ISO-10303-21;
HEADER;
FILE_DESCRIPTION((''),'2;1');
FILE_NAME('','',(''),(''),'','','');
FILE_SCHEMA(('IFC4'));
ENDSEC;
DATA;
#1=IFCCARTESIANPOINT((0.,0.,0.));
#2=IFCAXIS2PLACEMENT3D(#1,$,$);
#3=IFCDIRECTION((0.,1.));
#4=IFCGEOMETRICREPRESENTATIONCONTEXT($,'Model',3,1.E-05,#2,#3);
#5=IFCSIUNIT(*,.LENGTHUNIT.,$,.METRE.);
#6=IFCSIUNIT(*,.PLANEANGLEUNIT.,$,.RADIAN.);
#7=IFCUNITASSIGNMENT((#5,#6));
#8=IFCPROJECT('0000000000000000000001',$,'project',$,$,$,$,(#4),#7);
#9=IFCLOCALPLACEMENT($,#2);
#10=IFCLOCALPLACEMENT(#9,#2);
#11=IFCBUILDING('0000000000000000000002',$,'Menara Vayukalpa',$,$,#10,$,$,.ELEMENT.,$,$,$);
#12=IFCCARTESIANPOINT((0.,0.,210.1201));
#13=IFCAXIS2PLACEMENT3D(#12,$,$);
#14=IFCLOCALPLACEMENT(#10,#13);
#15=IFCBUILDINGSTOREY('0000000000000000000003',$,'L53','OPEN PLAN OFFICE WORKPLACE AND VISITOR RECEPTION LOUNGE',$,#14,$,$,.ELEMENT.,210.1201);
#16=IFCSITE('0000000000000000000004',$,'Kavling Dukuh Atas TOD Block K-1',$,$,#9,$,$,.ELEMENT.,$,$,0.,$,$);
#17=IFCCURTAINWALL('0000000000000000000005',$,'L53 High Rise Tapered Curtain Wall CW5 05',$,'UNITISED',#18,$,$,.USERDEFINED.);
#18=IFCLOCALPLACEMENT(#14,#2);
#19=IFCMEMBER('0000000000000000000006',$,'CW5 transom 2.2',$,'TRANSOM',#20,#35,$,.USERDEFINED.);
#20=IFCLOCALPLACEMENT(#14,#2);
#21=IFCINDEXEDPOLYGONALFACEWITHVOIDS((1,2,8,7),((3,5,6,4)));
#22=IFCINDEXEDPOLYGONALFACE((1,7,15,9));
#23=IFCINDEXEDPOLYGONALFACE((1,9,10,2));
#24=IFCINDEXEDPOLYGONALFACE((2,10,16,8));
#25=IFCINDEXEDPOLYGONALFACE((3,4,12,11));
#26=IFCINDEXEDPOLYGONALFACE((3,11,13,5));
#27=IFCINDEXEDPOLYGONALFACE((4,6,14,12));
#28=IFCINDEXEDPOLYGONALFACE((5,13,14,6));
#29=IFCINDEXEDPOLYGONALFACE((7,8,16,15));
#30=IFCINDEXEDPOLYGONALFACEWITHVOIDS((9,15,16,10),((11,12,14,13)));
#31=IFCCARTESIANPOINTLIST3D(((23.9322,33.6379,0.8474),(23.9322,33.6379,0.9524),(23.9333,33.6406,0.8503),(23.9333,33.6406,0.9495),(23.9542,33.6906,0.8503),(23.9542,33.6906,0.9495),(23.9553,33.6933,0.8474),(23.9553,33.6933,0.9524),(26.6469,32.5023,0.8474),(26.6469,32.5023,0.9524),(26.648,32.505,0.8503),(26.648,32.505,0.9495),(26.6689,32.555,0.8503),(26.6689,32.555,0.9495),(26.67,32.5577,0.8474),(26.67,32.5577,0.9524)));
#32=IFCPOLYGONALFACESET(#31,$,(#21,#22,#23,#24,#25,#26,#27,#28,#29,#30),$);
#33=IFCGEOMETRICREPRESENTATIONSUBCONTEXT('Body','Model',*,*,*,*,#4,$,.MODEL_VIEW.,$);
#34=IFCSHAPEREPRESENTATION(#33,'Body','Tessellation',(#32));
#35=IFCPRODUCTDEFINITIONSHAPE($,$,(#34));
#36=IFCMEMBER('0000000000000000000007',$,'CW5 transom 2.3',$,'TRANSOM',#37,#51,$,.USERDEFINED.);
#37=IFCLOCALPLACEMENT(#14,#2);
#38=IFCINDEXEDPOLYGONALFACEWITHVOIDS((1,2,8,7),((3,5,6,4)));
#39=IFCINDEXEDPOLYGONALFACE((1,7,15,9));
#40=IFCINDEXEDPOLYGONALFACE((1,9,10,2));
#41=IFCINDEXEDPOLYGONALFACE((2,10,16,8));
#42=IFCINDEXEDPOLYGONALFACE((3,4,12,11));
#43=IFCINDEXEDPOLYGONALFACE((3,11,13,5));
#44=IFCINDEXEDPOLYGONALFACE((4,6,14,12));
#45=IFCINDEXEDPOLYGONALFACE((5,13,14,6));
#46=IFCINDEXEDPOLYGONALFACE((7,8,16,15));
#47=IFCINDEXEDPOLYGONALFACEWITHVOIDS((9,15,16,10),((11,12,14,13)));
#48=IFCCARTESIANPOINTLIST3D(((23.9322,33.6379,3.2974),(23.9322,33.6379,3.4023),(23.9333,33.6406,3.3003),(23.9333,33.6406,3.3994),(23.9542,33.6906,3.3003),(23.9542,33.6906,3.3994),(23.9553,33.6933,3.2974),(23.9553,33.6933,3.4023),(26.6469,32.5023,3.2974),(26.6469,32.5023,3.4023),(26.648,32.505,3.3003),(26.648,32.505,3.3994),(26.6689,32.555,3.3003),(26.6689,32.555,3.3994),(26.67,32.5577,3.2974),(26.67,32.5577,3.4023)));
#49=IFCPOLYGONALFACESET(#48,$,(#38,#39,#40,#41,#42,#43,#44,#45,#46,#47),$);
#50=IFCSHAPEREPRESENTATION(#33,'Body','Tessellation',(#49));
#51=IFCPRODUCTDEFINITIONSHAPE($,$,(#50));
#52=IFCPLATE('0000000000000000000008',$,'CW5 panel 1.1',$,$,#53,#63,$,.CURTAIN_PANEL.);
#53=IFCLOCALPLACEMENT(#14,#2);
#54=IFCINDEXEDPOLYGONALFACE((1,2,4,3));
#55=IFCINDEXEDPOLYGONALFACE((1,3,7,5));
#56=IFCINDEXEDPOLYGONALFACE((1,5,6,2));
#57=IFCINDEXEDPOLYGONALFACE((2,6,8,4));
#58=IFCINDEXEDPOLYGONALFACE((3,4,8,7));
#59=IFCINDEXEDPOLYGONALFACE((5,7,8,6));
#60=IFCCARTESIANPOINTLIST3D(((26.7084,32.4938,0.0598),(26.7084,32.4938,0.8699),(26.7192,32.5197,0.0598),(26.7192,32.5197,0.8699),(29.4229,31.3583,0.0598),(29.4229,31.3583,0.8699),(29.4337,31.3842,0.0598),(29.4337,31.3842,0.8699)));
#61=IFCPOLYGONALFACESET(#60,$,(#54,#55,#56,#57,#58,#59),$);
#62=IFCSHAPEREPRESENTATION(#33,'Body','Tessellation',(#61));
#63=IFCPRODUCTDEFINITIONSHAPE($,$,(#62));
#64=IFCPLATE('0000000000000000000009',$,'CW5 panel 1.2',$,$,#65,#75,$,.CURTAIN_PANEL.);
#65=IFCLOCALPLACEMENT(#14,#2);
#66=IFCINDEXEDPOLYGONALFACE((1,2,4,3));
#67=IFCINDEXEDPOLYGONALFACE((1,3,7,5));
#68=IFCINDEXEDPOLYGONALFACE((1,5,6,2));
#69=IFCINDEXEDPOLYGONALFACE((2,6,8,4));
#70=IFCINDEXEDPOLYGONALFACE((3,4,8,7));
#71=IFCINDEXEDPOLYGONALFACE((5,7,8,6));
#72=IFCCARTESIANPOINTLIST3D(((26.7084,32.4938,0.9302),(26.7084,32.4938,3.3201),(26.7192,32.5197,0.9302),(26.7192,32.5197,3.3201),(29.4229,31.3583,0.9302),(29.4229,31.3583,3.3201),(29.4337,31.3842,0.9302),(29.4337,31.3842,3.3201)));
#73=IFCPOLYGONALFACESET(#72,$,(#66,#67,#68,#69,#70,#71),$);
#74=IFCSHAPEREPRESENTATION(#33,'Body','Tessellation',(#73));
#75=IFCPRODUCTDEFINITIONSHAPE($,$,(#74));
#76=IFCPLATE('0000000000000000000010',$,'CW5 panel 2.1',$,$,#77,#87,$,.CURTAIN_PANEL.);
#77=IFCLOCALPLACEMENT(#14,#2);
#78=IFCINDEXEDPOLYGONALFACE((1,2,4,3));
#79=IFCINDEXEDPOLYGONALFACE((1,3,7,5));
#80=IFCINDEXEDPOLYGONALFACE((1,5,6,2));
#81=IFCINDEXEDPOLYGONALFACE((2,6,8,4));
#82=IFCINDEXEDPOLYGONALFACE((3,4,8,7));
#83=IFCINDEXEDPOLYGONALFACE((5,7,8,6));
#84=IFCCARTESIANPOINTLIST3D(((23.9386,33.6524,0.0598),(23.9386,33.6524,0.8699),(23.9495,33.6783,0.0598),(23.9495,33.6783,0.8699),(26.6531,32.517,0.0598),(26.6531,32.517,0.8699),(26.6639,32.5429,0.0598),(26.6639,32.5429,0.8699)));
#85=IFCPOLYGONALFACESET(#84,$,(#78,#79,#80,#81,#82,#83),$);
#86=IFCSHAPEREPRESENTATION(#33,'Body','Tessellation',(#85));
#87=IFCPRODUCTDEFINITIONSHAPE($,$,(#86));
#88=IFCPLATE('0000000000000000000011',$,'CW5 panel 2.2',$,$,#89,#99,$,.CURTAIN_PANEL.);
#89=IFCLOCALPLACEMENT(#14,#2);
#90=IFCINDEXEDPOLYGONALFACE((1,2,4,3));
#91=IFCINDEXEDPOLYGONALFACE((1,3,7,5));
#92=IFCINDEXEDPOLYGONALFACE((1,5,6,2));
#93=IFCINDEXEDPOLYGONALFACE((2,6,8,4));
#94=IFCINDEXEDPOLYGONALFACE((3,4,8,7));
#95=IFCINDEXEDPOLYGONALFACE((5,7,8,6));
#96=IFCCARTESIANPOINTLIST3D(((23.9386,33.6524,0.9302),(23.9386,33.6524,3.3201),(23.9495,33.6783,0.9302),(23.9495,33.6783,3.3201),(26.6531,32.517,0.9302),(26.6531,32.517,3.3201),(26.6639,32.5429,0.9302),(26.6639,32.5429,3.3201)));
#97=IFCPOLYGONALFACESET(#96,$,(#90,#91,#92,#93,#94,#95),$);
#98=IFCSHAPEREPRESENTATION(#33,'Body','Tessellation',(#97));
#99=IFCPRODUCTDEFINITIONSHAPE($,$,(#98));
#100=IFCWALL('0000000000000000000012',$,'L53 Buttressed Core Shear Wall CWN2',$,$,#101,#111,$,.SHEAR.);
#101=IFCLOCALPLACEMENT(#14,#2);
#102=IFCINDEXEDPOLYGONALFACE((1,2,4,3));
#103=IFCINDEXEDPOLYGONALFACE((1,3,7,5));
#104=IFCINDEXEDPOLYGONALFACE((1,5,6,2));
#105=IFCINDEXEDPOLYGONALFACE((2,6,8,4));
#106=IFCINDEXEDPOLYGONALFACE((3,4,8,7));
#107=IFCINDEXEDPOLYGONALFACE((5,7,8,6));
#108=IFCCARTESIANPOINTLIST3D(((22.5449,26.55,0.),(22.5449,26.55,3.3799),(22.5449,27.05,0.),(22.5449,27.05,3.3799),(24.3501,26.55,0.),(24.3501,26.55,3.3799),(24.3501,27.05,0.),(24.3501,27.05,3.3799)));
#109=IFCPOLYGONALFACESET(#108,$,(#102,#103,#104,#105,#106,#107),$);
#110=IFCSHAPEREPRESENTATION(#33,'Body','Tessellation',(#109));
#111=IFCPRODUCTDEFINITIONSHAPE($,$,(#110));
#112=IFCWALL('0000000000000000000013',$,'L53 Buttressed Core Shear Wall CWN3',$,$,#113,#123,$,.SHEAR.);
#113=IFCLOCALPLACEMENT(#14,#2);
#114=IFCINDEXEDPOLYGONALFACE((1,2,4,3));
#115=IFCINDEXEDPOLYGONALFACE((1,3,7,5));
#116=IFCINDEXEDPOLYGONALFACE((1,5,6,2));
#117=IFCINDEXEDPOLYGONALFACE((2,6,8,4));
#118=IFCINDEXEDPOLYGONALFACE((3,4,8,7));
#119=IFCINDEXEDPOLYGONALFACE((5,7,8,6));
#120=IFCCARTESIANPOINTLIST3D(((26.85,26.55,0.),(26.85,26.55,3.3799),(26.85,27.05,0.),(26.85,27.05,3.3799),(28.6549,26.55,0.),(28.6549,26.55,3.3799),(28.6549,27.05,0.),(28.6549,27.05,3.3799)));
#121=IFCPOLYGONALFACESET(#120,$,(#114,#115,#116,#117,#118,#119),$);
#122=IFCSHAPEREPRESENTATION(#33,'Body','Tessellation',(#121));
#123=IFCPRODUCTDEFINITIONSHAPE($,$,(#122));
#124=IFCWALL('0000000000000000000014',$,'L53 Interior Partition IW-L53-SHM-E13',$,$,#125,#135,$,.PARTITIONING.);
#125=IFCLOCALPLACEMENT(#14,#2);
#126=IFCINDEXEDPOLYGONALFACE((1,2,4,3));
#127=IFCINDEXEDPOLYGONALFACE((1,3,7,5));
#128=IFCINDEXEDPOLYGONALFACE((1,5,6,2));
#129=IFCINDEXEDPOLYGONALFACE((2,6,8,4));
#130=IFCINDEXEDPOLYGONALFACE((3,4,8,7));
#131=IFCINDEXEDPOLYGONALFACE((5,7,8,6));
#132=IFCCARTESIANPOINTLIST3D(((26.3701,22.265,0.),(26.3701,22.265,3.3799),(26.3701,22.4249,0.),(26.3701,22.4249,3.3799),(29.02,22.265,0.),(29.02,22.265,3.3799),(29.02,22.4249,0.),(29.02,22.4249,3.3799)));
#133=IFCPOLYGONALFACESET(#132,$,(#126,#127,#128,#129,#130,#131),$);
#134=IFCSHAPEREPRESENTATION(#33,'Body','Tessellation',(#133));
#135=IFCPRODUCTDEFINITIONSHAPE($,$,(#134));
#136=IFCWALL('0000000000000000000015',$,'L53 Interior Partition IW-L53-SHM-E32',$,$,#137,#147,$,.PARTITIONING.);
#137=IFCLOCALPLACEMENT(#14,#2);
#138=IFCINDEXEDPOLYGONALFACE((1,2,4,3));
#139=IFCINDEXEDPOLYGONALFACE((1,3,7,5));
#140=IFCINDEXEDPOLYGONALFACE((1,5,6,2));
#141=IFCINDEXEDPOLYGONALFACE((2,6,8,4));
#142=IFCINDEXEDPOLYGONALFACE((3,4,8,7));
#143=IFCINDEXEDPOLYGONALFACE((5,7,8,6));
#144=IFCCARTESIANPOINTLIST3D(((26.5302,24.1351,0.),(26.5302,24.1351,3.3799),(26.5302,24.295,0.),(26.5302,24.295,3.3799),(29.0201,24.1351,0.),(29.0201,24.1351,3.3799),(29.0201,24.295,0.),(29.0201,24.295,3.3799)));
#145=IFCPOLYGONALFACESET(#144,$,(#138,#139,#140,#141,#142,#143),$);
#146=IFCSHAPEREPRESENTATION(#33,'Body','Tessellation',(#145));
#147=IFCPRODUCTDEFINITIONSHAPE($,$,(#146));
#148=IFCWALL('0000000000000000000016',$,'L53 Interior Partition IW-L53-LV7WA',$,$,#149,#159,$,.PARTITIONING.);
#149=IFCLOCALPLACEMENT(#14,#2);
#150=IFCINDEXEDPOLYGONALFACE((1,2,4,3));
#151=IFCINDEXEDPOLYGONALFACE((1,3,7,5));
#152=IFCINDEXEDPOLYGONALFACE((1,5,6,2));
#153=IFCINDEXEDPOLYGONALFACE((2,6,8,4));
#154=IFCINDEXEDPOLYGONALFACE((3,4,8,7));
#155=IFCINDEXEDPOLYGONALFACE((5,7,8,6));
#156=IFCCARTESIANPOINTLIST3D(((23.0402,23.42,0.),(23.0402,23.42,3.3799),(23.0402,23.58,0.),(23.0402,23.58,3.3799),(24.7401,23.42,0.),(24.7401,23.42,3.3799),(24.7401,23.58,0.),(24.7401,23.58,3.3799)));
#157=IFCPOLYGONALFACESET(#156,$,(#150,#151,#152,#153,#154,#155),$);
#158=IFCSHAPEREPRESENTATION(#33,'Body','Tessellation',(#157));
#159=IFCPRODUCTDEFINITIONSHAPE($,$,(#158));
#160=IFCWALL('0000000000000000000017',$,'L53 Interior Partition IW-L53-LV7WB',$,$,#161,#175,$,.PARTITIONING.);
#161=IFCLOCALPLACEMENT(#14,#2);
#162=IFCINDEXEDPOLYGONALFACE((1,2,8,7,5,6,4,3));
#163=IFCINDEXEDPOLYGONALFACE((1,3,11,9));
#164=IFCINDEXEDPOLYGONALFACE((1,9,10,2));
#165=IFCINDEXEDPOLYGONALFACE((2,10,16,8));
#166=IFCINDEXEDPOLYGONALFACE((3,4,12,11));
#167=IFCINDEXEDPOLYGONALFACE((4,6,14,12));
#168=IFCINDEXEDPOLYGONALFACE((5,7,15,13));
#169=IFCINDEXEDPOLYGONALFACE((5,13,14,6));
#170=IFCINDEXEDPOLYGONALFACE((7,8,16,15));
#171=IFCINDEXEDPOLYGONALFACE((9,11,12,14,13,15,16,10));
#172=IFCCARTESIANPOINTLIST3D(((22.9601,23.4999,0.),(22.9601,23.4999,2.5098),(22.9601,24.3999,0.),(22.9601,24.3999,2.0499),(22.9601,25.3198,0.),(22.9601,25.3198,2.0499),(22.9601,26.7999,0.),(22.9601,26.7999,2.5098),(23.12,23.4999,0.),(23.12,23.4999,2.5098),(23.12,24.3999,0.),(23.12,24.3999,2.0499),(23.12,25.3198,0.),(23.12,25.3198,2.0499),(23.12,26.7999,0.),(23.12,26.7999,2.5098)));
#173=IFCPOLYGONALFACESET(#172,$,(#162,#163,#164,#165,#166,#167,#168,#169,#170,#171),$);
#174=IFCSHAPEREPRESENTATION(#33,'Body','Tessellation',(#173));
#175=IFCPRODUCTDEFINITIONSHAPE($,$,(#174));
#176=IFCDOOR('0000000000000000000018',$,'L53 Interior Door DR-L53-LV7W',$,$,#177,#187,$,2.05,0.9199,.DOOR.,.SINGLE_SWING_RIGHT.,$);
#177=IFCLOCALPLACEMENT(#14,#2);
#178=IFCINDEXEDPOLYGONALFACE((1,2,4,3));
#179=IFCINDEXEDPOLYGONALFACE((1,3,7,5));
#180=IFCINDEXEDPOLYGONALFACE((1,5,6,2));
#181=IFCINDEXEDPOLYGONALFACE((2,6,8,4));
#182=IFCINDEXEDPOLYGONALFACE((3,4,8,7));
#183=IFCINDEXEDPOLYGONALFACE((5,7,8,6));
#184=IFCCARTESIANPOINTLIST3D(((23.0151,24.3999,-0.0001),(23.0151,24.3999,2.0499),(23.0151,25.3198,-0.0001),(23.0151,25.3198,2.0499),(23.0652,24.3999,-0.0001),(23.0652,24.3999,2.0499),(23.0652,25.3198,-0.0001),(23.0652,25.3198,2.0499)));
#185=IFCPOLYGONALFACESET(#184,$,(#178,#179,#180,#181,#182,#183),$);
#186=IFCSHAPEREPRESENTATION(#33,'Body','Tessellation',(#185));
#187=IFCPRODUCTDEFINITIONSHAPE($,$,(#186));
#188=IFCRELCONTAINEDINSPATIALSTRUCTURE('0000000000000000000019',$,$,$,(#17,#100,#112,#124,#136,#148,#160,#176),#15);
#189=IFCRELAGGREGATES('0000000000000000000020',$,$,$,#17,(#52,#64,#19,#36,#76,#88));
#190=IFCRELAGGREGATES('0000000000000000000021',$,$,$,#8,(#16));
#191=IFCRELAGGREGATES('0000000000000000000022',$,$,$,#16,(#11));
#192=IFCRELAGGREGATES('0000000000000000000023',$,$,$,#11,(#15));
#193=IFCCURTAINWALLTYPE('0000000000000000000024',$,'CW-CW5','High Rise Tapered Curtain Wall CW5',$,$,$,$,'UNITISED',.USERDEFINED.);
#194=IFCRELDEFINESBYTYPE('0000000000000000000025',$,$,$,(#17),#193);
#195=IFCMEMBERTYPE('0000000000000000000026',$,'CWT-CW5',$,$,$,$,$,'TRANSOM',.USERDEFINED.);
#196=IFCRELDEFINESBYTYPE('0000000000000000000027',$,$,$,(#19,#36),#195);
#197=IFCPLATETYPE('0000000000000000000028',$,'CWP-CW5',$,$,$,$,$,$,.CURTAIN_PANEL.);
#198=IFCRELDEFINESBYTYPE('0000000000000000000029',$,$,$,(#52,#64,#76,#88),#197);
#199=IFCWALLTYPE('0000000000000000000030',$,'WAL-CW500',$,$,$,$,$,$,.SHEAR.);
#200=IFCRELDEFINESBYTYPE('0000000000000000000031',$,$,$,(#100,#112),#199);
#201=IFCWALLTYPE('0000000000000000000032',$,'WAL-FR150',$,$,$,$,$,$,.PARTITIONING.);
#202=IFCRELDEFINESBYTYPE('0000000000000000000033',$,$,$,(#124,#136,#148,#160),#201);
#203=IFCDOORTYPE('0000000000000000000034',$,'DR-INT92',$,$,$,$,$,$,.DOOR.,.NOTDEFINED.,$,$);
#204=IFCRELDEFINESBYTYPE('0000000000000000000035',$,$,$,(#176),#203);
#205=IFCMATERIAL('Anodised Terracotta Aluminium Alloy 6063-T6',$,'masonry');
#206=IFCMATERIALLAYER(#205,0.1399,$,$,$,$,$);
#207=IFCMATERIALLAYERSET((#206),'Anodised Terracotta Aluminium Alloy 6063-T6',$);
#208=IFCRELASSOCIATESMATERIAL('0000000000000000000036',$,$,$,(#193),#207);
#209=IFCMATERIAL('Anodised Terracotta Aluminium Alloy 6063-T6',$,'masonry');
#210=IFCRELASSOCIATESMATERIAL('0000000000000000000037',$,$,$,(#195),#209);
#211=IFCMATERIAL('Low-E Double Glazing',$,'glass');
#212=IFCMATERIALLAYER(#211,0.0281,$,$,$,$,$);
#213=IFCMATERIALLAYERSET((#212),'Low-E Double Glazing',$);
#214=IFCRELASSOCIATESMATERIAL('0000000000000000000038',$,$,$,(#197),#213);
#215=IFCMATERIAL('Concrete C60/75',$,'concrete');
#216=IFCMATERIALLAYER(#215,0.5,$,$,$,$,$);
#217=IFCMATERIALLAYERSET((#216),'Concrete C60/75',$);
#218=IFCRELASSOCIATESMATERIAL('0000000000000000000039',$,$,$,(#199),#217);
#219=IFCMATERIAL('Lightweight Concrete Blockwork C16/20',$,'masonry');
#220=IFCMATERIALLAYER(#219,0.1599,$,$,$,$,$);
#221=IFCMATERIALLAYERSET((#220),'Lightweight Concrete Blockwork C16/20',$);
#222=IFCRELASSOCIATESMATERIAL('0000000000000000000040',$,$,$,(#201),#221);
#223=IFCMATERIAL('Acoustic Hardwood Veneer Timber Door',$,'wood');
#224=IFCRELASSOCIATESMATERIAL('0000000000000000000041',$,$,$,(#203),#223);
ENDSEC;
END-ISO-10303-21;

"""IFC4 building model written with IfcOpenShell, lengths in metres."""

from ifc_helpers import new_model, si_unit, direction, frame, frame_2d, origin, origin_2d, place, context, subcontext, project, spatial, rectangle, hollow_rectangle, extrude, material, layer, layer_set, material_profile, profile_set, type_object, element, fill, aggregate, save


model = new_model("IFC4")

# Units and contexts
model_context = context("Model", 3, precision=1e-05, world=origin(), true_north=direction((0.0, 1.0)))
body_context = subcontext(model_context, "Body", "Model", "MODEL_VIEW")
ifc_project = project(units=[si_unit("LENGTHUNIT", "METRE"), si_unit("PLANEANGLEUNIT", "RADIAN")], contexts=[model_context])

# Site, building, storey
site_placement = place(None, origin())
site = spatial("IfcSite", under=ifc_project, at=site_placement, Name="Kavling Dukuh Atas TOD Block K-1", CompositionType="ELEMENT", RefElevation=0.0)
building_placement = place(site_placement, origin())
building = spatial("IfcBuilding", under=site, at=building_placement, Name="Menara Vayukalpa", CompositionType="ELEMENT")
storey_placement = place(building_placement, frame((0.0, 0.0, 210.1201)))
storey = spatial("IfcBuildingStorey", under=building, at=storey_placement, Name="L53", Description="OPEN PLAN OFFICE WORKPLACE AND VISITOR RECEPTION LOUNGE", CompositionType="ELEMENT", Elevation=210.1201)

# Curtain wall, members, plates
ifc_material_1 = material(Name="Anodised Terracotta Aluminium Alloy 6063-T6", Category="masonry")
ifc_layer_1 = layer(ifc_material_1, 0.1399)
ifc_layer_set_1 = layer_set([ifc_layer_1], Name="Anodised Terracotta Aluminium Alloy 6063-T6")
curtain_wall_type = type_object("IfcCurtainWallType", Name="CW-CW5", Description="High Rise Tapered Curtain Wall CW5", ElementType="UNITISED", PredefinedType="USERDEFINED", material=ifc_layer_set_1)
curtain_wall_placement = place(storey_placement, origin())
curtain_wall = element("IfcCurtainWall", 1, at=curtain_wall_placement, inside=storey, type_object=curtain_wall_type, Name="L53 High Rise Tapered Curtain Wall CW5 05", ObjectType="UNITISED", PredefinedType="USERDEFINED")
ifc_material_2 = material(Name="Anodised Terracotta Aluminium Alloy 6063-T6", Category="masonry")
ifc_material_profile_1 = material_profile(ifc_material_2, hollow_rectangle(XDim=0.0601, YDim=0.105, WallThickness=0.0029, at=origin_2d()), Name="ALU 60x105x3")
ifc_profile_set_1 = profile_set([ifc_material_profile_1], Name="Anodised Terracotta Aluminium Alloy 6063-T6")
member_type_1 = type_object("IfcMemberType", Name="CWT-CW5", ElementType="TRANSOM", PredefinedType="USERDEFINED", material=ifc_profile_set_1)
member_1_placement = place(storey_placement, frame((26.6584, 32.53, 0.8999), z_axis=(-0.922543, 0.385893, 0.0), x_axis=(-0.385893, -0.922543, 0.0)))
member_1 = element("IfcMember", 2, at=member_1_placement, type_object=member_type_1, Name="CW5 transom 2.2", ObjectType="TRANSOM", PredefinedType="USERDEFINED", context=body_context, shape_type="SweptSolid", body=[
    extrude(hollow_rectangle(XDim=0.0601, YDim=0.105, WallThickness=0.0029, at=origin_2d()), origin(), (0.0, 0.0, 1.0), 2.9426),
])
member_2_placement = place(storey_placement, frame((26.6584, 32.53, 3.3499), z_axis=(-0.922543, 0.385893, 0.0), x_axis=(-0.385893, -0.922543, 0.0)))
member_2 = element("IfcMember", 3, at=member_2_placement, type_object=member_type_1, Name="CW5 transom 2.3", ObjectType="TRANSOM", PredefinedType="USERDEFINED", context=body_context, shape_type="SweptSolid", body=[
    extrude(hollow_rectangle(XDim=0.0601, YDim=0.105, WallThickness=0.0029, at=origin_2d()), origin(), (0.0, 0.0, 1.0), 2.9426),
])
ifc_material_3 = material(Name="Low-E Double Glazing", Category="glass")
ifc_layer_2 = layer(ifc_material_3, 0.0281)
ifc_layer_set_2 = layer_set([ifc_layer_2], Name="Low-E Double Glazing")
plate_type = type_object("IfcPlateType", Name="CWP-CW5", PredefinedType="CURTAIN_PANEL", material=ifc_layer_set_2)
plate_1_placement = place(storey_placement, frame((28.071, 31.939, 0.0598), z_axis=(0.0, 0.0, 1.0), x_axis=(-0.922539, 0.385903, 0.0)))
plate_1 = element("IfcPlate", 4, at=plate_1_placement, type_object=plate_type, Name="CW5 panel 1.1", PredefinedType="CURTAIN_PANEL", context=body_context, shape_type="SweptSolid", body=[
    extrude(rectangle(XDim=2.9424, YDim=0.0281, at=origin_2d()), origin(), (0.0, 0.0, 1.0), 0.8101),
])
plate_2_placement = place(storey_placement, frame((28.071, 31.939, 0.9302), z_axis=(0.0, 0.0, 1.0), x_axis=(-0.922539, 0.385903, 0.0)))
plate_2 = element("IfcPlate", 5, at=plate_2_placement, type_object=plate_type, Name="CW5 panel 1.2", PredefinedType="CURTAIN_PANEL", context=body_context, shape_type="SweptSolid", body=[
    extrude(rectangle(XDim=2.9424, YDim=0.0281, at=origin_2d()), origin(), (0.0, 0.0, 1.0), 2.3899),
])
plate_3_placement = place(storey_placement, frame((25.3013, 33.0977, 0.0598), z_axis=(0.0, 0.0, 1.0), x_axis=(-0.922539, 0.385903, 0.0)))
plate_3 = element("IfcPlate", 6, at=plate_3_placement, type_object=plate_type, Name="CW5 panel 2.1", PredefinedType="CURTAIN_PANEL", context=body_context, shape_type="SweptSolid", body=[
    extrude(rectangle(XDim=2.9424, YDim=0.0281, at=origin_2d()), origin(), (0.0, 0.0, 1.0), 0.8101),
])
plate_4_placement = place(storey_placement, frame((25.3013, 33.0977, 0.9302), z_axis=(0.0, 0.0, 1.0), x_axis=(-0.922539, 0.385903, 0.0)))
plate_4 = element("IfcPlate", 7, at=plate_4_placement, type_object=plate_type, Name="CW5 panel 2.2", PredefinedType="CURTAIN_PANEL", context=body_context, shape_type="SweptSolid", body=[
    extrude(rectangle(XDim=2.9424, YDim=0.0281, at=origin_2d()), origin(), (0.0, 0.0, 1.0), 2.3899),
])
aggregate(curtain_wall, [plate_1, plate_2, member_1, member_2, plate_3, plate_4])

# Walls
ifc_material_4 = material(Name="Concrete C60/75", Category="concrete")
ifc_layer_3 = layer(ifc_material_4, 0.5)
ifc_layer_set_3 = layer_set([ifc_layer_3], Name="Concrete C60/75")
wall_type_1 = type_object("IfcWallType", Name="WAL-CW500", PredefinedType="SHEAR", material=ifc_layer_set_3)
wall_1_placement = place(storey_placement, frame((22.5449, 26.8, 0.0), z_axis=(0.0, 0.0, 1.0), x_axis=(1.0, 0.0, 0.0)))
element("IfcWall", 8, at=wall_1_placement, inside=storey, type_object=wall_type_1, Name="L53 Buttressed Core Shear Wall CWN2", PredefinedType="SHEAR", context=body_context, shape_type="SweptSolid", body=[
    extrude(rectangle(XDim=1.8052, YDim=0.5, at=frame_2d((0.9026, 0.0))), origin(), (0.0, 0.0, 1.0), 3.3799),
])
wall_2_placement = place(storey_placement, frame((26.8501, 26.8, 0.0), z_axis=(0.0, 0.0, 1.0), x_axis=(1.0, 0.0, 0.0)))
element("IfcWall", 9, at=wall_2_placement, inside=storey, type_object=wall_type_1, Name="L53 Buttressed Core Shear Wall CWN3", PredefinedType="SHEAR", context=body_context, shape_type="SweptSolid", body=[
    extrude(rectangle(XDim=1.8049, YDim=0.5, at=frame_2d((0.9023, 0.0))), origin(), (0.0, 0.0, 1.0), 3.3799),
])
ifc_material_5 = material(Name="Lightweight Concrete Blockwork C16/20", Category="masonry")
ifc_layer_4 = layer(ifc_material_5, 0.1599)
ifc_layer_set_4 = layer_set([ifc_layer_4], Name="Lightweight Concrete Blockwork C16/20")
wall_type_2 = type_object("IfcWallType", Name="WAL-FR150", PredefinedType="PARTITIONING", material=ifc_layer_set_4)
wall_3_placement = place(storey_placement, frame((26.3701, 22.345, 0.0), z_axis=(0.0, 0.0, 1.0), x_axis=(1.0, 0.0, 0.0)))
element("IfcWall", 10, at=wall_3_placement, inside=storey, type_object=wall_type_2, Name="L53 Interior Partition IW-L53-SHM-E13", PredefinedType="PARTITIONING", context=body_context, shape_type="SweptSolid", body=[
    extrude(rectangle(XDim=2.6499, YDim=0.1599, at=frame_2d((1.325, 0.0))), origin(), (0.0, 0.0, 1.0), 3.3799),
])
wall_4_placement = place(storey_placement, frame((26.53, 24.2151, 0.0), z_axis=(0.0, 0.0, 1.0), x_axis=(1.0, 0.0, 0.0)))
element("IfcWall", 11, at=wall_4_placement, inside=storey, type_object=wall_type_2, Name="L53 Interior Partition IW-L53-SHM-E32", PredefinedType="PARTITIONING", context=body_context, shape_type="SweptSolid", body=[
    extrude(rectangle(XDim=2.49, YDim=0.1599, at=frame_2d((1.2451, 0.0))), origin(), (0.0, 0.0, 1.0), 3.3799),
])
wall_5_placement = place(storey_placement, frame((23.04, 23.5, 0.0), z_axis=(0.0, 0.0, 1.0), x_axis=(1.0, 0.0, 0.0)))
element("IfcWall", 12, at=wall_5_placement, inside=storey, type_object=wall_type_2, Name="L53 Interior Partition IW-L53-LV7WA", PredefinedType="PARTITIONING", context=body_context, shape_type="SweptSolid", body=[
    extrude(rectangle(XDim=1.7, YDim=0.1599, at=frame_2d((0.8501, 0.0))), origin(), (0.0, 0.0, 1.0), 3.3799),
])

# Wall, opening, door
wall_6_placement = place(storey_placement, frame((23.04, 23.5, 0.0), z_axis=(0.0, 0.0, 1.0), x_axis=(0.0, 1.0, 0.0)))
wall_6 = element("IfcWall", 13, at=wall_6_placement, inside=storey, type_object=wall_type_2, Name="L53 Interior Partition IW-L53-LV7WB", PredefinedType="PARTITIONING", context=body_context, shape_type="SweptSolid", body=[
    extrude(rectangle(XDim=3.3, YDim=0.1599, at=frame_2d((1.6499, 0.0))), origin(), (0.0, 0.0, 1.0), 2.5098),
])
opening_1_placement = place(wall_6_placement, frame((0.8999, 0.0, 0.0)))
opening_1 = element("IfcOpeningElement", 14, at=opening_1_placement, cuts=wall_6, PredefinedType="OPENING", context=body_context, shape_type="SweptSolid", body=[
    extrude(rectangle(XDim=0.9199, YDim=2.05, at=frame_2d((0.46, 1.0249))), frame((0.0, 0.0898, 0.0), z_axis=(0.0, -1.0, 0.0), x_axis=(1.0, 0.0, 0.0)), (0.0, 0.0, 1.0), 0.1799),
])
ifc_material_6 = material(Name="Acoustic Hardwood Veneer Timber Door", Category="wood")
door_type_1 = type_object("IfcDoorType", Name="DR-INT92", OperationType="NOTDEFINED", PredefinedType="DOOR", material=ifc_material_6)
door_1_placement = place(opening_1_placement, origin())
door_1 = element("IfcDoor", 15, at=door_1_placement, inside=storey, type_object=door_type_1, Name="L53 Interior Door DR-L53-LV7W", OperationType="SINGLE_SWING_RIGHT", OverallHeight=2.05, OverallWidth=0.9199, PredefinedType="DOOR", context=body_context, shape_type="SweptSolid", body=[
    extrude(rectangle(XDim=0.9199, YDim=2.05, at=frame_2d((0.46, 1.0249))), frame((0.0, 0.0249, 0.0), z_axis=(0.0, -1.0, 0.0), x_axis=(1.0, 0.0, 0.0)), (0.0, 0.0, 1.0), 0.05),
])
fill(opening_1, door_1)

save(model, "model.ifc")
